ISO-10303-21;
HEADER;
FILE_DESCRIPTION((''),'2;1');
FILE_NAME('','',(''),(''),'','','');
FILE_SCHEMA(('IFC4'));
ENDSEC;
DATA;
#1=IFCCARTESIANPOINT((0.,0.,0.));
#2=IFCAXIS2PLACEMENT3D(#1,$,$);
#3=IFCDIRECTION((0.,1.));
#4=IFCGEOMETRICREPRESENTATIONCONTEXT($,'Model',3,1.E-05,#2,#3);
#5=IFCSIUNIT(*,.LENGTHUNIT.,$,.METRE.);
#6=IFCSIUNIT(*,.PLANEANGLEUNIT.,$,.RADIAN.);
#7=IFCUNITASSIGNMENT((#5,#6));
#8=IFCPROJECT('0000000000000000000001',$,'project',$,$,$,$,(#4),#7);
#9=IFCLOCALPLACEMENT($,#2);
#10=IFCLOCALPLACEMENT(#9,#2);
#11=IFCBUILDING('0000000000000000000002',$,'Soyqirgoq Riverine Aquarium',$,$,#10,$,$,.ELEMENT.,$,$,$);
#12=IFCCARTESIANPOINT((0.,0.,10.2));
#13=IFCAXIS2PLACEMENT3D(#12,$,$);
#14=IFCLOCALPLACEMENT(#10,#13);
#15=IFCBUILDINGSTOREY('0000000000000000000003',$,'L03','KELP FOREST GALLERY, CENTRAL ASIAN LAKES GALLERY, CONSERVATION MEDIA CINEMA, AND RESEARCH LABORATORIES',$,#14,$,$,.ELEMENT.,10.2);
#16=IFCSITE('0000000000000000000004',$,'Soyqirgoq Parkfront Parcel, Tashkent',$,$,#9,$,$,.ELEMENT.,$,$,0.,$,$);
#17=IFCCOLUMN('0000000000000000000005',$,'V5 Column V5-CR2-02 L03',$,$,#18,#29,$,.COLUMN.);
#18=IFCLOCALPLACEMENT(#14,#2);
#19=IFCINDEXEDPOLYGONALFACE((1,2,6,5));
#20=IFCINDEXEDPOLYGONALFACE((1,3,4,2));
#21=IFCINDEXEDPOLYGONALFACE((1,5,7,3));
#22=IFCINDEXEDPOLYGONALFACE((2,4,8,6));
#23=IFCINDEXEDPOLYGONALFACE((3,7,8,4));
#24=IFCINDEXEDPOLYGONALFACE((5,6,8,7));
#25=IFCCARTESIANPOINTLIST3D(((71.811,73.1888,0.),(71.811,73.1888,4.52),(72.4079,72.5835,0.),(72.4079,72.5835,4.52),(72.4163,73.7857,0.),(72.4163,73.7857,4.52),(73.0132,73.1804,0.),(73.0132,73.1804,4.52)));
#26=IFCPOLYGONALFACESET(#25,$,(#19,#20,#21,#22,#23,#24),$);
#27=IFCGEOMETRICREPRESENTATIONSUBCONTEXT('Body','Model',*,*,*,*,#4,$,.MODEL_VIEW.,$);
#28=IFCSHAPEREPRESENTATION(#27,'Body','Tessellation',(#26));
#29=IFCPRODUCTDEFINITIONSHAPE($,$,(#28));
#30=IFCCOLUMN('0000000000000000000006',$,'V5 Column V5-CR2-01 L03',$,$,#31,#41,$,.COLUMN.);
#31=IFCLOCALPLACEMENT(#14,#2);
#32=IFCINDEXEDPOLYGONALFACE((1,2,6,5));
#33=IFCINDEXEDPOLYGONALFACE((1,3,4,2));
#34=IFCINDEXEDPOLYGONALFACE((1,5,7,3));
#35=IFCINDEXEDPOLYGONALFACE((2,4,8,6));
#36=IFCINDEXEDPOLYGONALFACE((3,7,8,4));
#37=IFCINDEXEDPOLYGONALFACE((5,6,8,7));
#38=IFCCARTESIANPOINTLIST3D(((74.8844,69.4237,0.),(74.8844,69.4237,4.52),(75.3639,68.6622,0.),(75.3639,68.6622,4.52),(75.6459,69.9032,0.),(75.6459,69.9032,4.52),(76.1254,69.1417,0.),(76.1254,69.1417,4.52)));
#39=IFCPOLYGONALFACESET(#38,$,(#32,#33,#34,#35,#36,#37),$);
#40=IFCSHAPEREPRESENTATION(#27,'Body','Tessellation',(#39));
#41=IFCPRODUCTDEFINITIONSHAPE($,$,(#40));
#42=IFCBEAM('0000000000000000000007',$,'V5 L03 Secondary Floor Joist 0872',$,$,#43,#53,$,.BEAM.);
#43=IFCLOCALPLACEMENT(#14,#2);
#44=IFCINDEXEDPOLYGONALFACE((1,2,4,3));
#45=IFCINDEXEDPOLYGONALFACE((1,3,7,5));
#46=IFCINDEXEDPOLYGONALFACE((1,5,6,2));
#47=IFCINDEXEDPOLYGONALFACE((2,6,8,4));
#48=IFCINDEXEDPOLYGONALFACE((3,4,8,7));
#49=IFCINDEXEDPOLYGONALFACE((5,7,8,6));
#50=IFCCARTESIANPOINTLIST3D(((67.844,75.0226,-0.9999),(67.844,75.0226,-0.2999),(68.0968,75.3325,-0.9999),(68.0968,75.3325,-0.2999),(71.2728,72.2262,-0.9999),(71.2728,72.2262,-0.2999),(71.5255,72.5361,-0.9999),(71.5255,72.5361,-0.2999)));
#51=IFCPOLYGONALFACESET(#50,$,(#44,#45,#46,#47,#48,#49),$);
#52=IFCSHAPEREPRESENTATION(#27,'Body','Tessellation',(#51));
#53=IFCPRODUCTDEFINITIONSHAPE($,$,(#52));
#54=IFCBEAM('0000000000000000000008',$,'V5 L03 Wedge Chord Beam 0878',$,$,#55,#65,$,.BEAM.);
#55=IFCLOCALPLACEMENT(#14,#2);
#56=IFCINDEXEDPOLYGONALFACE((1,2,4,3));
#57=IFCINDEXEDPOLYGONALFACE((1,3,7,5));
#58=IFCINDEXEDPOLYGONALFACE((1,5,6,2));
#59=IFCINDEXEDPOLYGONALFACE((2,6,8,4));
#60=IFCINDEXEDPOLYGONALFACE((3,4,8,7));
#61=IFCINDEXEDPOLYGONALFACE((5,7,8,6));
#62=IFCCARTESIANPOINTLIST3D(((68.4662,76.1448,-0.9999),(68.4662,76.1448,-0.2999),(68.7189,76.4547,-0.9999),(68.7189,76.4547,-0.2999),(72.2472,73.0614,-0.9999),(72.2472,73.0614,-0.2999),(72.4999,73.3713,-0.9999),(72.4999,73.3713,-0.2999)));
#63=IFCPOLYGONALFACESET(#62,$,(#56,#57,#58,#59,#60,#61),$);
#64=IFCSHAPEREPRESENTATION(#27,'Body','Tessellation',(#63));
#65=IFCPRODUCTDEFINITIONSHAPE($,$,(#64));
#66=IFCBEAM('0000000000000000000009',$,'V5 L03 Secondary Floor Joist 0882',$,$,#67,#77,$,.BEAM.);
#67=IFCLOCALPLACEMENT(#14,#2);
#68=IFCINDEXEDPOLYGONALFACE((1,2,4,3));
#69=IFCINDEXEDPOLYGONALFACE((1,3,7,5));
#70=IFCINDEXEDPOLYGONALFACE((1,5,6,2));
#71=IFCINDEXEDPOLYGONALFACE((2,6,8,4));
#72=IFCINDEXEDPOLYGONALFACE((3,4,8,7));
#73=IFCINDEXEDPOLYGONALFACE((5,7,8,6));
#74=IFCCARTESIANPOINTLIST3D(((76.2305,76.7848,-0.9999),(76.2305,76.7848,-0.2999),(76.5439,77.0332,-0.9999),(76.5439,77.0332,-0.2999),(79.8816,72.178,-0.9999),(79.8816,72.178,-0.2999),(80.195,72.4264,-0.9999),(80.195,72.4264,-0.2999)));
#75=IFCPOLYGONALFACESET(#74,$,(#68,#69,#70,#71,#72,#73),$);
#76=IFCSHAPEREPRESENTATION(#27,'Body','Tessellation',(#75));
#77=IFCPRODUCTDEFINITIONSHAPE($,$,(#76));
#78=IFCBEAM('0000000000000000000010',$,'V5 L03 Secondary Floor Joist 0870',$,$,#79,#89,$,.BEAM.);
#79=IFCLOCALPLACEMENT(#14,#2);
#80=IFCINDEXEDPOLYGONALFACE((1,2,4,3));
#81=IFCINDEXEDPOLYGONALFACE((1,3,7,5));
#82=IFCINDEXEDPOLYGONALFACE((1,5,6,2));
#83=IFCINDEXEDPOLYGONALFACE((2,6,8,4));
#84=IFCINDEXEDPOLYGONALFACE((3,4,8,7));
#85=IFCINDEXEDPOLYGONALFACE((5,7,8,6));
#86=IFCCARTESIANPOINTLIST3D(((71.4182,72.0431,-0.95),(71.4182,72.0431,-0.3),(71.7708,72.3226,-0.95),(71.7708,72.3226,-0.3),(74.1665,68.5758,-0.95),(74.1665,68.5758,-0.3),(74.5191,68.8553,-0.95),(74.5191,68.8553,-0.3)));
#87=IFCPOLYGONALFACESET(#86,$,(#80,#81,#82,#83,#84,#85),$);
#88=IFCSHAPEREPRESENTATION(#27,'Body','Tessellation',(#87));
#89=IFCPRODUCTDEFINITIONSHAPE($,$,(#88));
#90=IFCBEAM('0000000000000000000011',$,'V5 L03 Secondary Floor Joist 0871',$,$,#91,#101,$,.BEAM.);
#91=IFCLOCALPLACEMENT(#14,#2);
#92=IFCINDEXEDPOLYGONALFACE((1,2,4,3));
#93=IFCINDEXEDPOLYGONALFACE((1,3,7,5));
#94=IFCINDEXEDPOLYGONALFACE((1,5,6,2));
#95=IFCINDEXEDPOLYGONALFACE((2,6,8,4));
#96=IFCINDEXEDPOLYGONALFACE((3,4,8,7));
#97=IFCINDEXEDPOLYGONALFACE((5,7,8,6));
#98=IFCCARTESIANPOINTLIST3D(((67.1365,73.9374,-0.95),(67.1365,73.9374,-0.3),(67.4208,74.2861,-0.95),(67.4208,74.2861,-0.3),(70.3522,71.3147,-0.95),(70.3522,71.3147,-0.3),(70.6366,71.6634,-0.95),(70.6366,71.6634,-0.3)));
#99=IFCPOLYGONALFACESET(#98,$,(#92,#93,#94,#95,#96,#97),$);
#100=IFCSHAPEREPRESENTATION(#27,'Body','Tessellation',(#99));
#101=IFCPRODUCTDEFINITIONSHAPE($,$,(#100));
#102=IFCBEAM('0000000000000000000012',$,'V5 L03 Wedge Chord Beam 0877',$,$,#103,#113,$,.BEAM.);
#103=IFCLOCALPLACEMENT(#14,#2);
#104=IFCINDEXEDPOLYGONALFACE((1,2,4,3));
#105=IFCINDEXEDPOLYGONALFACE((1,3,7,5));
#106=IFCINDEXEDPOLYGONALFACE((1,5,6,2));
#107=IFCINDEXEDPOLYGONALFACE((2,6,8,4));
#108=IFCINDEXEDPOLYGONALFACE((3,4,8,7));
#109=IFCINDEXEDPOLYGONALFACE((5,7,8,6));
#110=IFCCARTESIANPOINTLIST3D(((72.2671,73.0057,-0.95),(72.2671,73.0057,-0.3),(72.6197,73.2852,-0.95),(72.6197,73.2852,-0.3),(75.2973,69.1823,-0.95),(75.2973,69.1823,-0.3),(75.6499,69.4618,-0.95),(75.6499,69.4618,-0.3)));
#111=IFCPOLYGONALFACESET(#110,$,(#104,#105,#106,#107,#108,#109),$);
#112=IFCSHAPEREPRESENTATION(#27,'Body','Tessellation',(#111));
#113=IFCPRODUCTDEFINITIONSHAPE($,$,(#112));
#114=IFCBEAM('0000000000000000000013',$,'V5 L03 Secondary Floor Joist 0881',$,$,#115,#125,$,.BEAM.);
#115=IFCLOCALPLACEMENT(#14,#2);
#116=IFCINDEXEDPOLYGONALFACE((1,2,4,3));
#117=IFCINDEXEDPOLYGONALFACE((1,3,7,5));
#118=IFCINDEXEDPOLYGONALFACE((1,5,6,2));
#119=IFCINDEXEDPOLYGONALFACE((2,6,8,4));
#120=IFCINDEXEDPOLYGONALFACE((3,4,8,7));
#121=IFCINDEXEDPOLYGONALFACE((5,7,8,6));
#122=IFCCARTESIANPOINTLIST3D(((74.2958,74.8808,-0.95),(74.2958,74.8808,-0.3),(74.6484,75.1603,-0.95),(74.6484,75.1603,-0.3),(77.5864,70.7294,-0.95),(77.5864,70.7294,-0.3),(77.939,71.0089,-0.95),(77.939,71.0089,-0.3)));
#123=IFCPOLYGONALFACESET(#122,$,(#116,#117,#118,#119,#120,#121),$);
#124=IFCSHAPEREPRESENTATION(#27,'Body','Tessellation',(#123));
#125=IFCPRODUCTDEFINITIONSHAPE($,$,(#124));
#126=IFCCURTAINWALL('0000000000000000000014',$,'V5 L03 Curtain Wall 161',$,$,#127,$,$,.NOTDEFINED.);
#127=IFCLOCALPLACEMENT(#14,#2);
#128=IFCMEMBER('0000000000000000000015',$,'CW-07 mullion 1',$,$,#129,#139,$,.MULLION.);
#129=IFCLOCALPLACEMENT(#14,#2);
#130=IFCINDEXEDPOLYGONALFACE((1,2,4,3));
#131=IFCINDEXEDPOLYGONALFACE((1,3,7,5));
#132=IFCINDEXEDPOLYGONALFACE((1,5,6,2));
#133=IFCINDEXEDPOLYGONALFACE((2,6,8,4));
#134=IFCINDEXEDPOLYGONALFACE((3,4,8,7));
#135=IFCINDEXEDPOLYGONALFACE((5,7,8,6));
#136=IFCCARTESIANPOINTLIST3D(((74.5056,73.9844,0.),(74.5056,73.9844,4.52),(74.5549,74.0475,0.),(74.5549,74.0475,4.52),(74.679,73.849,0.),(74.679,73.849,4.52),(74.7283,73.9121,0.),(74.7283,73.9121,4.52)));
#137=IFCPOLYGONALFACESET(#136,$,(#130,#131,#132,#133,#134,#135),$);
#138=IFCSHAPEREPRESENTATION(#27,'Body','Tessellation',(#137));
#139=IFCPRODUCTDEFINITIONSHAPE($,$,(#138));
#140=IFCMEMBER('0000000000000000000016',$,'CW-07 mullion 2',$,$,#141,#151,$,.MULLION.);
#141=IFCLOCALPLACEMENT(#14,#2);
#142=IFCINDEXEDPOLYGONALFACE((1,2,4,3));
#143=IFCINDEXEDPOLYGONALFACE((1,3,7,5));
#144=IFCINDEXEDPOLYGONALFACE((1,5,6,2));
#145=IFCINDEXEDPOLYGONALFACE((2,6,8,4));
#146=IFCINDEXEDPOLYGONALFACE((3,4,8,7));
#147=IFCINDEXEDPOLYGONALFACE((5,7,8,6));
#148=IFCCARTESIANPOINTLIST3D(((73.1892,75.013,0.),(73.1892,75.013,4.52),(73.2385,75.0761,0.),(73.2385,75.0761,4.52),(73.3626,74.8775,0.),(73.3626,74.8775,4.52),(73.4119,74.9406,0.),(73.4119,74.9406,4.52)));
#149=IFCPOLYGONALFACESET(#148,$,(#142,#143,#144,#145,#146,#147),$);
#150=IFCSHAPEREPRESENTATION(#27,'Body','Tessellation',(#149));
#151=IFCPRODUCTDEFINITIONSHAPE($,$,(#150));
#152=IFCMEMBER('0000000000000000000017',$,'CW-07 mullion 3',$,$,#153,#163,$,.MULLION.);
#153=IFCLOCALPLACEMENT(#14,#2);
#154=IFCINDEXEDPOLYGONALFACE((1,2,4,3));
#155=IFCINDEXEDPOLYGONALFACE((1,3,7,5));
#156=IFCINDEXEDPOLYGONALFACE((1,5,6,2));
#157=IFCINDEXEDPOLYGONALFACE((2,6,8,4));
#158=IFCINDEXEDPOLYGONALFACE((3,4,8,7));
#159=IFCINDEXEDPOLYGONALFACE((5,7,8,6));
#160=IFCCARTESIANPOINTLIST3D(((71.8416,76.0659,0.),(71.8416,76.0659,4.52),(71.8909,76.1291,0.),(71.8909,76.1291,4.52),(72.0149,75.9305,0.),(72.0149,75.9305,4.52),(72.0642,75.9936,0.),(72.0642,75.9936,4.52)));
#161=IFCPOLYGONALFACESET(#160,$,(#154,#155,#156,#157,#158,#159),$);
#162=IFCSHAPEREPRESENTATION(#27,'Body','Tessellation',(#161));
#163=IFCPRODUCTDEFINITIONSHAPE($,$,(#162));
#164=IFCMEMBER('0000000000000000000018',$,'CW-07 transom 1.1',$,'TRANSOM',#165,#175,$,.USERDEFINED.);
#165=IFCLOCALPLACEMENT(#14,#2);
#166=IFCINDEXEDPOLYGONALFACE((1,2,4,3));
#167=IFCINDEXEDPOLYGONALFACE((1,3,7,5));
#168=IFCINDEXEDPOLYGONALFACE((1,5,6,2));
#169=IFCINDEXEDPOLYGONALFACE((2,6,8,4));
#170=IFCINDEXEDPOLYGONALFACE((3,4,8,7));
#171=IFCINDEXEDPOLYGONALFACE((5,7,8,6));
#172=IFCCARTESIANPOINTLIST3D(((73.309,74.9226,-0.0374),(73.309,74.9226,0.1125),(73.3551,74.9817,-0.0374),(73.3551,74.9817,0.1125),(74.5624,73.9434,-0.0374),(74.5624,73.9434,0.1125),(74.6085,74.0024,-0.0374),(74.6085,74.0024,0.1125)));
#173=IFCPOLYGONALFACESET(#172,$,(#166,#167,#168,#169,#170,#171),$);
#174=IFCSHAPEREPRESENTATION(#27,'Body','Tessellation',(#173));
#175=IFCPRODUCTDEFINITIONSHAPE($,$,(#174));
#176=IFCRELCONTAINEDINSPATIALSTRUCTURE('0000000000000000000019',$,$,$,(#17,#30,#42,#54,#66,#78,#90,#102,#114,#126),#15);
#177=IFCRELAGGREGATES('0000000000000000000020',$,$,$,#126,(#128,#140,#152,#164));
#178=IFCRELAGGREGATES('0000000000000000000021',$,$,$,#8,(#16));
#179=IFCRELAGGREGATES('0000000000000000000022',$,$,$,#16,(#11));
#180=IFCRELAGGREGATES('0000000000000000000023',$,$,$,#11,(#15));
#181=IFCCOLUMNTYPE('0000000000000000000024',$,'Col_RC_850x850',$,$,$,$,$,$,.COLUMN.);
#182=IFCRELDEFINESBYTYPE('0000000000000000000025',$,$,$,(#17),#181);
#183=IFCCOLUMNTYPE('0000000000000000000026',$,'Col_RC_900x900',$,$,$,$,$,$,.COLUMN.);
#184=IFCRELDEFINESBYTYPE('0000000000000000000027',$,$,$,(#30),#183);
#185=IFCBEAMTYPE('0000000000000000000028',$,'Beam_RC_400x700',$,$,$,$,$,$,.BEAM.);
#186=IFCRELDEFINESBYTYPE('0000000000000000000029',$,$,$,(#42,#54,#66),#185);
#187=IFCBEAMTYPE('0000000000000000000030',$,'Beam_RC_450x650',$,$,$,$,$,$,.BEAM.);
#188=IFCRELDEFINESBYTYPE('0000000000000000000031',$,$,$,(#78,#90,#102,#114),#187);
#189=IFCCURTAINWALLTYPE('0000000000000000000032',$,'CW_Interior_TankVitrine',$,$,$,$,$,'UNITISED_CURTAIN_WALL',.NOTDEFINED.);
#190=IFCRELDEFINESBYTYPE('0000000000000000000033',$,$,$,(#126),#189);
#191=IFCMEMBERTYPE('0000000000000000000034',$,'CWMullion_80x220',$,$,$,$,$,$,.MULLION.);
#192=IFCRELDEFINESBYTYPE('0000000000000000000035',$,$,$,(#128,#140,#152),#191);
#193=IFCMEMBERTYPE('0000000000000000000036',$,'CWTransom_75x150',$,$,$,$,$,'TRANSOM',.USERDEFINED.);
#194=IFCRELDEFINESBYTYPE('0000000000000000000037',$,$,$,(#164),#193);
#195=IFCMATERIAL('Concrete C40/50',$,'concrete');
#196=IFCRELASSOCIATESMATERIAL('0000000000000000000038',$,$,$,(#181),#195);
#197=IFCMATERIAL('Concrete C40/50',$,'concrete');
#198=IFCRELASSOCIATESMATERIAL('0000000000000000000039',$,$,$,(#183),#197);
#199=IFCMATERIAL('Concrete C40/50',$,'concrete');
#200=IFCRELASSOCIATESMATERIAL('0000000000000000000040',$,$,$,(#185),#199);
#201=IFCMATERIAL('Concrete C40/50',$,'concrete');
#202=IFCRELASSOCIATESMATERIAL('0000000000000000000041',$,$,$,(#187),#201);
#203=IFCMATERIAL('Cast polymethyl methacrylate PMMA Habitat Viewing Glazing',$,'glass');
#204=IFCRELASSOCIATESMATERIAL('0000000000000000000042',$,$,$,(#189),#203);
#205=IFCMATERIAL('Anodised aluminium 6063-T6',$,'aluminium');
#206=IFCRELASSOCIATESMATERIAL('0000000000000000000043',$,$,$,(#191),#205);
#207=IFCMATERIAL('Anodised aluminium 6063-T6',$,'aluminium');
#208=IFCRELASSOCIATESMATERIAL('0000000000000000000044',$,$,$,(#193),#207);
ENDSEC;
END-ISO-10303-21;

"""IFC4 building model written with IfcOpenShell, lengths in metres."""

from ifc_helpers import new_model, si_unit, direction, frame, origin, origin_2d, place, context, subcontext, project, spatial, rectangle, extrude, material, material_profile, profile_set, type_object, element, aggregate, save


model = new_model("IFC4")

# Units and contexts
model_context = context("Model", 3, precision=1e-05, world=origin(), true_north=direction((0.0, 1.0)))
body_context = subcontext(model_context, "Body", "Model", "MODEL_VIEW")
ifc_project = project(units=[si_unit("LENGTHUNIT", "METRE"), si_unit("PLANEANGLEUNIT", "RADIAN")], contexts=[model_context])

# Site, building, storey
site_placement = place(None, origin())
site = spatial("IfcSite", under=ifc_project, at=site_placement, Name="Soyqirgoq Parkfront Parcel, Tashkent", CompositionType="ELEMENT", RefElevation=0.0)
building_placement = place(site_placement, origin())
building = spatial("IfcBuilding", under=site, at=building_placement, Name="Soyqirgoq Riverine Aquarium", CompositionType="ELEMENT")
storey_placement = place(building_placement, frame((0.0, 0.0, 10.2)))
storey = spatial("IfcBuildingStorey", under=building, at=storey_placement, Name="L03", Description="KELP FOREST GALLERY, CENTRAL ASIAN LAKES GALLERY, CONSERVATION MEDIA CINEMA, AND RESEARCH LABORATORIES", CompositionType="ELEMENT", Elevation=10.2)

# Columns
ifc_material_1 = material(Name="Concrete C40/50", Category="concrete")
ifc_material_profile_1 = material_profile(ifc_material_1, rectangle(XDim=0.8501, YDim=0.8501, at=origin_2d()), Name="RC 850x850")
ifc_profile_set_1 = profile_set([ifc_material_profile_1], Name="Concrete C40/50")
column_type_1 = type_object("IfcColumnType", Name="Col_RC_850x850", PredefinedType="COLUMN", material=ifc_profile_set_1)
column_1_placement = place(storey_placement, frame((72.4121, 73.1846, 0.0), z_axis=(0.0, 0.0, 1.0), x_axis=(0.712026, 0.702153, 0.0)))
element("IfcColumn", 1, at=column_1_placement, inside=storey, type_object=column_type_1, Name="V5 Column V5-CR2-02 L03", PredefinedType="COLUMN", context=body_context, shape_type="SweptSolid", body=[
    extrude(rectangle(XDim=0.8501, YDim=0.8501, at=origin_2d()), origin(), (0.0, 0.0, 1.0), 4.52),
])
ifc_material_2 = material(Name="Concrete C40/50", Category="concrete")
ifc_material_profile_2 = material_profile(ifc_material_2, rectangle(XDim=0.8999, YDim=0.8999, at=origin_2d()), Name="RC 900x900")
ifc_profile_set_2 = profile_set([ifc_material_profile_2], Name="Concrete C40/50")
column_type_2 = type_object("IfcColumnType", Name="Col_RC_900x900", PredefinedType="COLUMN", material=ifc_profile_set_2)
column_2_placement = place(storey_placement, frame((75.5049, 69.2827, 0.0), z_axis=(0.0, 0.0, 1.0), x_axis=(0.846193, 0.532876, 0.0)))
element("IfcColumn", 2, at=column_2_placement, inside=storey, type_object=column_type_2, Name="V5 Column V5-CR2-01 L03", PredefinedType="COLUMN", context=body_context, shape_type="SweptSolid", body=[
    extrude(rectangle(XDim=0.8999, YDim=0.8999, at=origin_2d()), origin(), (0.0, 0.0, 1.0), 4.52),
])

# Beams
ifc_material_3 = material(Name="Concrete C40/50", Category="concrete")
ifc_material_profile_3 = material_profile(ifc_material_3, rectangle(XDim=0.3999, YDim=0.7, at=origin_2d()), Name="RC 400x700")
ifc_profile_set_3 = profile_set([ifc_material_profile_3], Name="Concrete C40/50")
beam_type_1 = type_object("IfcBeamType", Name="Beam_RC_400x700", PredefinedType="BEAM", material=ifc_profile_set_3)
beam_1_placement = place(storey_placement, frame((71.3992, 72.3811, -0.6499), z_axis=(-0.774945, 0.632029, 0.0), x_axis=(-0.632029, -0.774945, 0.0)))
element("IfcBeam", 3, at=beam_1_placement, inside=storey, type_object=beam_type_1, Name="V5 L03 Secondary Floor Joist 0872", PredefinedType="BEAM", context=body_context, shape_type="SweptSolid", body=[
    extrude(rectangle(XDim=0.3999, YDim=0.7, at=origin_2d()), origin(), (0.0, 0.0, 1.0), 4.4246),
])
beam_2_placement = place(storey_placement, frame((72.3735, 73.2163, -0.6499), z_axis=(-0.774966, 0.632003, 0.0), x_axis=(-0.632003, -0.774966, 0.0)))
element("IfcBeam", 4, at=beam_2_placement, inside=storey, type_object=beam_type_1, Name="V5 L03 Wedge Chord Beam 0878", PredefinedType="BEAM", context=body_context, shape_type="SweptSolid", body=[
    extrude(rectangle(XDim=0.3999, YDim=0.7, at=origin_2d()), origin(), (0.0, 0.0, 1.0), 4.8789),
])
beam_3_placement = place(storey_placement, frame((80.0383, 72.3022, -0.6499), z_axis=(-0.621138, 0.783701, 0.0), x_axis=(-0.783701, -0.621138, 0.0)))
element("IfcBeam", 5, at=beam_3_placement, inside=storey, type_object=beam_type_1, Name="V5 L03 Secondary Floor Joist 0882", PredefinedType="BEAM", context=body_context, shape_type="SweptSolid", body=[
    extrude(rectangle(XDim=0.3999, YDim=0.7, at=origin_2d()), origin(), (0.0, 0.0, 1.0), 5.8782),
])
ifc_material_4 = material(Name="Concrete C40/50", Category="concrete")
ifc_material_profile_4 = material_profile(ifc_material_4, rectangle(XDim=0.45, YDim=0.6499, at=origin_2d()), Name="RC 450x650")
ifc_profile_set_4 = profile_set([ifc_material_profile_4], Name="Concrete C40/50")
beam_type_2 = type_object("IfcBeamType", Name="Beam_RC_450x650", PredefinedType="BEAM", material=ifc_profile_set_4)
beam_4_placement = place(storey_placement, frame((74.3428, 68.7156, -0.625), z_axis=(-0.621169, 0.783676, 0.0), x_axis=(-0.783676, -0.621169, 0.0)))
element("IfcBeam", 6, at=beam_4_placement, inside=storey, type_object=beam_type_2, Name="V5 L03 Secondary Floor Joist 0870", PredefinedType="BEAM", context=body_context, shape_type="SweptSolid", body=[
    extrude(rectangle(XDim=0.45, YDim=0.6499, at=origin_2d()), origin(), (0.0, 0.0, 1.0), 4.4243),
])
beam_5_placement = place(storey_placement, frame((70.4944, 71.489, -0.625), z_axis=(-0.774939, 0.632036, 0.0), x_axis=(-0.632036, -0.774939, 0.0)))
element("IfcBeam", 7, at=beam_5_placement, inside=storey, type_object=beam_type_2, Name="V5 L03 Secondary Floor Joist 0871", PredefinedType="BEAM", context=body_context, shape_type="SweptSolid", body=[
    extrude(rectangle(XDim=0.45, YDim=0.6499, at=origin_2d()), origin(), (0.0, 0.0, 1.0), 4.1497),
])
beam_6_placement = place(storey_placement, frame((75.4736, 69.322, -0.625), z_axis=(-0.621125, 0.783712, 0.0), x_axis=(-0.783712, -0.621125, 0.0)))
element("IfcBeam", 8, at=beam_6_placement, inside=storey, type_object=beam_type_2, Name="V5 L03 Wedge Chord Beam 0877", PredefinedType="BEAM", context=body_context, shape_type="SweptSolid", body=[
    extrude(rectangle(XDim=0.45, YDim=0.6499, at=origin_2d()), origin(), (0.0, 0.0, 1.0), 4.8787),
])
beam_7_placement = place(storey_placement, frame((77.7627, 70.8691, -0.625), z_axis=(-0.62117, 0.783676, 0.0), x_axis=(-0.783676, -0.62117, 0.0)))
element("IfcBeam", 9, at=beam_7_placement, inside=storey, type_object=beam_type_2, Name="V5 L03 Secondary Floor Joist 0881", PredefinedType="BEAM", context=body_context, shape_type="SweptSolid", body=[
    extrude(rectangle(XDim=0.45, YDim=0.6499, at=origin_2d()), origin(), (0.0, 0.0, 1.0), 5.2974),
])

# Curtain wall, members
ifc_material_5 = material(Name="Cast polymethyl methacrylate PMMA Habitat Viewing Glazing", Category="glass")
curtain_wall_type_1 = type_object("IfcCurtainWallType", Name="CW_Interior_TankVitrine", ElementType="UNITISED_CURTAIN_WALL", PredefinedType="NOTDEFINED", material=ifc_material_5)
curtain_wall_1_placement = place(storey_placement, origin())
curtain_wall_1 = element("IfcCurtainWall", 10, at=curtain_wall_1_placement, inside=storey, type_object=curtain_wall_type_1, Name="V5 L03 Curtain Wall 161", PredefinedType="NOTDEFINED")
ifc_material_6 = material(Name="Anodised aluminium 6063-T6", Category="aluminium")
ifc_material_profile_5 = material_profile(ifc_material_6, rectangle(XDim=0.0801, YDim=0.22, at=origin_2d()), Name="ALU-M 80x220")
ifc_profile_set_5 = profile_set([ifc_material_profile_5], Name="Anodised aluminium 6063-T6")
member_type_1 = type_object("IfcMemberType", Name="CWMullion_80x220", PredefinedType="MULLION", material=ifc_profile_set_5)
member_1_placement = place(storey_placement, frame((74.6169, 73.9482, 0.0), z_axis=(0.0, 0.0, 1.0), x_axis=(-0.615661, -0.788011, 0.0)))
member_1 = element("IfcMember", 11, at=member_1_placement, type_object=member_type_1, Name="CW-07 mullion 1", PredefinedType="MULLION", context=body_context, shape_type="SweptSolid", body=[
    extrude(rectangle(XDim=0.0801, YDim=0.22, at=origin_2d()), origin(), (0.0, 0.0, 1.0), 4.52),
])
member_2_placement = place(storey_placement, frame((73.3005, 74.9768, 0.0), z_axis=(0.0, 0.0, 1.0), x_axis=(-0.615661, -0.788011, 0.0)))
member_2 = element("IfcMember", 12, at=member_2_placement, type_object=member_type_1, Name="CW-07 mullion 2", PredefinedType="MULLION", context=body_context, shape_type="SweptSolid", body=[
    extrude(rectangle(XDim=0.0801, YDim=0.22, at=origin_2d()), origin(), (0.0, 0.0, 1.0), 4.52),
])
member_3_placement = place(storey_placement, frame((71.9529, 76.0298, 0.0), z_axis=(0.0, 0.0, 1.0), x_axis=(-0.615661, -0.788011, 0.0)))
member_3 = element("IfcMember", 13, at=member_3_placement, type_object=member_type_1, Name="CW-07 mullion 3", PredefinedType="MULLION", context=body_context, shape_type="SweptSolid", body=[
    extrude(rectangle(XDim=0.0801, YDim=0.22, at=origin_2d()), origin(), (0.0, 0.0, 1.0), 4.52),
])
ifc_material_7 = material(Name="Anodised aluminium 6063-T6", Category="aluminium")
ifc_material_profile_6 = material_profile(ifc_material_7, rectangle(XDim=0.075, YDim=0.1499, at=origin_2d()), Name="ALU-T 75x150")
ifc_profile_set_6 = profile_set([ifc_material_profile_6], Name="Anodised aluminium 6063-T6")
member_type_2 = type_object("IfcMemberType", Name="CWTransom_75x150", ElementType="TRANSOM", PredefinedType="USERDEFINED", material=ifc_profile_set_6)
member_4_placement = place(storey_placement, frame((74.5854, 73.9729, 0.0376), z_axis=(-0.78802, 0.61565, 0.0), x_axis=(-0.61565, -0.78802, 0.0)))
member_4 = element("IfcMember", 14, at=member_4_placement, type_object=member_type_2, Name="CW-07 transom 1.1", ObjectType="TRANSOM", PredefinedType="USERDEFINED", context=body_context, shape_type="SweptSolid", body=[
    extrude(rectangle(XDim=0.075, YDim=0.1499, at=origin_2d()), origin(), (0.0, 0.0, 1.0), 1.5906),
])

aggregate(curtain_wall_1, [member_1, member_2, member_3, member_4])

save(model, "model.ifc")
